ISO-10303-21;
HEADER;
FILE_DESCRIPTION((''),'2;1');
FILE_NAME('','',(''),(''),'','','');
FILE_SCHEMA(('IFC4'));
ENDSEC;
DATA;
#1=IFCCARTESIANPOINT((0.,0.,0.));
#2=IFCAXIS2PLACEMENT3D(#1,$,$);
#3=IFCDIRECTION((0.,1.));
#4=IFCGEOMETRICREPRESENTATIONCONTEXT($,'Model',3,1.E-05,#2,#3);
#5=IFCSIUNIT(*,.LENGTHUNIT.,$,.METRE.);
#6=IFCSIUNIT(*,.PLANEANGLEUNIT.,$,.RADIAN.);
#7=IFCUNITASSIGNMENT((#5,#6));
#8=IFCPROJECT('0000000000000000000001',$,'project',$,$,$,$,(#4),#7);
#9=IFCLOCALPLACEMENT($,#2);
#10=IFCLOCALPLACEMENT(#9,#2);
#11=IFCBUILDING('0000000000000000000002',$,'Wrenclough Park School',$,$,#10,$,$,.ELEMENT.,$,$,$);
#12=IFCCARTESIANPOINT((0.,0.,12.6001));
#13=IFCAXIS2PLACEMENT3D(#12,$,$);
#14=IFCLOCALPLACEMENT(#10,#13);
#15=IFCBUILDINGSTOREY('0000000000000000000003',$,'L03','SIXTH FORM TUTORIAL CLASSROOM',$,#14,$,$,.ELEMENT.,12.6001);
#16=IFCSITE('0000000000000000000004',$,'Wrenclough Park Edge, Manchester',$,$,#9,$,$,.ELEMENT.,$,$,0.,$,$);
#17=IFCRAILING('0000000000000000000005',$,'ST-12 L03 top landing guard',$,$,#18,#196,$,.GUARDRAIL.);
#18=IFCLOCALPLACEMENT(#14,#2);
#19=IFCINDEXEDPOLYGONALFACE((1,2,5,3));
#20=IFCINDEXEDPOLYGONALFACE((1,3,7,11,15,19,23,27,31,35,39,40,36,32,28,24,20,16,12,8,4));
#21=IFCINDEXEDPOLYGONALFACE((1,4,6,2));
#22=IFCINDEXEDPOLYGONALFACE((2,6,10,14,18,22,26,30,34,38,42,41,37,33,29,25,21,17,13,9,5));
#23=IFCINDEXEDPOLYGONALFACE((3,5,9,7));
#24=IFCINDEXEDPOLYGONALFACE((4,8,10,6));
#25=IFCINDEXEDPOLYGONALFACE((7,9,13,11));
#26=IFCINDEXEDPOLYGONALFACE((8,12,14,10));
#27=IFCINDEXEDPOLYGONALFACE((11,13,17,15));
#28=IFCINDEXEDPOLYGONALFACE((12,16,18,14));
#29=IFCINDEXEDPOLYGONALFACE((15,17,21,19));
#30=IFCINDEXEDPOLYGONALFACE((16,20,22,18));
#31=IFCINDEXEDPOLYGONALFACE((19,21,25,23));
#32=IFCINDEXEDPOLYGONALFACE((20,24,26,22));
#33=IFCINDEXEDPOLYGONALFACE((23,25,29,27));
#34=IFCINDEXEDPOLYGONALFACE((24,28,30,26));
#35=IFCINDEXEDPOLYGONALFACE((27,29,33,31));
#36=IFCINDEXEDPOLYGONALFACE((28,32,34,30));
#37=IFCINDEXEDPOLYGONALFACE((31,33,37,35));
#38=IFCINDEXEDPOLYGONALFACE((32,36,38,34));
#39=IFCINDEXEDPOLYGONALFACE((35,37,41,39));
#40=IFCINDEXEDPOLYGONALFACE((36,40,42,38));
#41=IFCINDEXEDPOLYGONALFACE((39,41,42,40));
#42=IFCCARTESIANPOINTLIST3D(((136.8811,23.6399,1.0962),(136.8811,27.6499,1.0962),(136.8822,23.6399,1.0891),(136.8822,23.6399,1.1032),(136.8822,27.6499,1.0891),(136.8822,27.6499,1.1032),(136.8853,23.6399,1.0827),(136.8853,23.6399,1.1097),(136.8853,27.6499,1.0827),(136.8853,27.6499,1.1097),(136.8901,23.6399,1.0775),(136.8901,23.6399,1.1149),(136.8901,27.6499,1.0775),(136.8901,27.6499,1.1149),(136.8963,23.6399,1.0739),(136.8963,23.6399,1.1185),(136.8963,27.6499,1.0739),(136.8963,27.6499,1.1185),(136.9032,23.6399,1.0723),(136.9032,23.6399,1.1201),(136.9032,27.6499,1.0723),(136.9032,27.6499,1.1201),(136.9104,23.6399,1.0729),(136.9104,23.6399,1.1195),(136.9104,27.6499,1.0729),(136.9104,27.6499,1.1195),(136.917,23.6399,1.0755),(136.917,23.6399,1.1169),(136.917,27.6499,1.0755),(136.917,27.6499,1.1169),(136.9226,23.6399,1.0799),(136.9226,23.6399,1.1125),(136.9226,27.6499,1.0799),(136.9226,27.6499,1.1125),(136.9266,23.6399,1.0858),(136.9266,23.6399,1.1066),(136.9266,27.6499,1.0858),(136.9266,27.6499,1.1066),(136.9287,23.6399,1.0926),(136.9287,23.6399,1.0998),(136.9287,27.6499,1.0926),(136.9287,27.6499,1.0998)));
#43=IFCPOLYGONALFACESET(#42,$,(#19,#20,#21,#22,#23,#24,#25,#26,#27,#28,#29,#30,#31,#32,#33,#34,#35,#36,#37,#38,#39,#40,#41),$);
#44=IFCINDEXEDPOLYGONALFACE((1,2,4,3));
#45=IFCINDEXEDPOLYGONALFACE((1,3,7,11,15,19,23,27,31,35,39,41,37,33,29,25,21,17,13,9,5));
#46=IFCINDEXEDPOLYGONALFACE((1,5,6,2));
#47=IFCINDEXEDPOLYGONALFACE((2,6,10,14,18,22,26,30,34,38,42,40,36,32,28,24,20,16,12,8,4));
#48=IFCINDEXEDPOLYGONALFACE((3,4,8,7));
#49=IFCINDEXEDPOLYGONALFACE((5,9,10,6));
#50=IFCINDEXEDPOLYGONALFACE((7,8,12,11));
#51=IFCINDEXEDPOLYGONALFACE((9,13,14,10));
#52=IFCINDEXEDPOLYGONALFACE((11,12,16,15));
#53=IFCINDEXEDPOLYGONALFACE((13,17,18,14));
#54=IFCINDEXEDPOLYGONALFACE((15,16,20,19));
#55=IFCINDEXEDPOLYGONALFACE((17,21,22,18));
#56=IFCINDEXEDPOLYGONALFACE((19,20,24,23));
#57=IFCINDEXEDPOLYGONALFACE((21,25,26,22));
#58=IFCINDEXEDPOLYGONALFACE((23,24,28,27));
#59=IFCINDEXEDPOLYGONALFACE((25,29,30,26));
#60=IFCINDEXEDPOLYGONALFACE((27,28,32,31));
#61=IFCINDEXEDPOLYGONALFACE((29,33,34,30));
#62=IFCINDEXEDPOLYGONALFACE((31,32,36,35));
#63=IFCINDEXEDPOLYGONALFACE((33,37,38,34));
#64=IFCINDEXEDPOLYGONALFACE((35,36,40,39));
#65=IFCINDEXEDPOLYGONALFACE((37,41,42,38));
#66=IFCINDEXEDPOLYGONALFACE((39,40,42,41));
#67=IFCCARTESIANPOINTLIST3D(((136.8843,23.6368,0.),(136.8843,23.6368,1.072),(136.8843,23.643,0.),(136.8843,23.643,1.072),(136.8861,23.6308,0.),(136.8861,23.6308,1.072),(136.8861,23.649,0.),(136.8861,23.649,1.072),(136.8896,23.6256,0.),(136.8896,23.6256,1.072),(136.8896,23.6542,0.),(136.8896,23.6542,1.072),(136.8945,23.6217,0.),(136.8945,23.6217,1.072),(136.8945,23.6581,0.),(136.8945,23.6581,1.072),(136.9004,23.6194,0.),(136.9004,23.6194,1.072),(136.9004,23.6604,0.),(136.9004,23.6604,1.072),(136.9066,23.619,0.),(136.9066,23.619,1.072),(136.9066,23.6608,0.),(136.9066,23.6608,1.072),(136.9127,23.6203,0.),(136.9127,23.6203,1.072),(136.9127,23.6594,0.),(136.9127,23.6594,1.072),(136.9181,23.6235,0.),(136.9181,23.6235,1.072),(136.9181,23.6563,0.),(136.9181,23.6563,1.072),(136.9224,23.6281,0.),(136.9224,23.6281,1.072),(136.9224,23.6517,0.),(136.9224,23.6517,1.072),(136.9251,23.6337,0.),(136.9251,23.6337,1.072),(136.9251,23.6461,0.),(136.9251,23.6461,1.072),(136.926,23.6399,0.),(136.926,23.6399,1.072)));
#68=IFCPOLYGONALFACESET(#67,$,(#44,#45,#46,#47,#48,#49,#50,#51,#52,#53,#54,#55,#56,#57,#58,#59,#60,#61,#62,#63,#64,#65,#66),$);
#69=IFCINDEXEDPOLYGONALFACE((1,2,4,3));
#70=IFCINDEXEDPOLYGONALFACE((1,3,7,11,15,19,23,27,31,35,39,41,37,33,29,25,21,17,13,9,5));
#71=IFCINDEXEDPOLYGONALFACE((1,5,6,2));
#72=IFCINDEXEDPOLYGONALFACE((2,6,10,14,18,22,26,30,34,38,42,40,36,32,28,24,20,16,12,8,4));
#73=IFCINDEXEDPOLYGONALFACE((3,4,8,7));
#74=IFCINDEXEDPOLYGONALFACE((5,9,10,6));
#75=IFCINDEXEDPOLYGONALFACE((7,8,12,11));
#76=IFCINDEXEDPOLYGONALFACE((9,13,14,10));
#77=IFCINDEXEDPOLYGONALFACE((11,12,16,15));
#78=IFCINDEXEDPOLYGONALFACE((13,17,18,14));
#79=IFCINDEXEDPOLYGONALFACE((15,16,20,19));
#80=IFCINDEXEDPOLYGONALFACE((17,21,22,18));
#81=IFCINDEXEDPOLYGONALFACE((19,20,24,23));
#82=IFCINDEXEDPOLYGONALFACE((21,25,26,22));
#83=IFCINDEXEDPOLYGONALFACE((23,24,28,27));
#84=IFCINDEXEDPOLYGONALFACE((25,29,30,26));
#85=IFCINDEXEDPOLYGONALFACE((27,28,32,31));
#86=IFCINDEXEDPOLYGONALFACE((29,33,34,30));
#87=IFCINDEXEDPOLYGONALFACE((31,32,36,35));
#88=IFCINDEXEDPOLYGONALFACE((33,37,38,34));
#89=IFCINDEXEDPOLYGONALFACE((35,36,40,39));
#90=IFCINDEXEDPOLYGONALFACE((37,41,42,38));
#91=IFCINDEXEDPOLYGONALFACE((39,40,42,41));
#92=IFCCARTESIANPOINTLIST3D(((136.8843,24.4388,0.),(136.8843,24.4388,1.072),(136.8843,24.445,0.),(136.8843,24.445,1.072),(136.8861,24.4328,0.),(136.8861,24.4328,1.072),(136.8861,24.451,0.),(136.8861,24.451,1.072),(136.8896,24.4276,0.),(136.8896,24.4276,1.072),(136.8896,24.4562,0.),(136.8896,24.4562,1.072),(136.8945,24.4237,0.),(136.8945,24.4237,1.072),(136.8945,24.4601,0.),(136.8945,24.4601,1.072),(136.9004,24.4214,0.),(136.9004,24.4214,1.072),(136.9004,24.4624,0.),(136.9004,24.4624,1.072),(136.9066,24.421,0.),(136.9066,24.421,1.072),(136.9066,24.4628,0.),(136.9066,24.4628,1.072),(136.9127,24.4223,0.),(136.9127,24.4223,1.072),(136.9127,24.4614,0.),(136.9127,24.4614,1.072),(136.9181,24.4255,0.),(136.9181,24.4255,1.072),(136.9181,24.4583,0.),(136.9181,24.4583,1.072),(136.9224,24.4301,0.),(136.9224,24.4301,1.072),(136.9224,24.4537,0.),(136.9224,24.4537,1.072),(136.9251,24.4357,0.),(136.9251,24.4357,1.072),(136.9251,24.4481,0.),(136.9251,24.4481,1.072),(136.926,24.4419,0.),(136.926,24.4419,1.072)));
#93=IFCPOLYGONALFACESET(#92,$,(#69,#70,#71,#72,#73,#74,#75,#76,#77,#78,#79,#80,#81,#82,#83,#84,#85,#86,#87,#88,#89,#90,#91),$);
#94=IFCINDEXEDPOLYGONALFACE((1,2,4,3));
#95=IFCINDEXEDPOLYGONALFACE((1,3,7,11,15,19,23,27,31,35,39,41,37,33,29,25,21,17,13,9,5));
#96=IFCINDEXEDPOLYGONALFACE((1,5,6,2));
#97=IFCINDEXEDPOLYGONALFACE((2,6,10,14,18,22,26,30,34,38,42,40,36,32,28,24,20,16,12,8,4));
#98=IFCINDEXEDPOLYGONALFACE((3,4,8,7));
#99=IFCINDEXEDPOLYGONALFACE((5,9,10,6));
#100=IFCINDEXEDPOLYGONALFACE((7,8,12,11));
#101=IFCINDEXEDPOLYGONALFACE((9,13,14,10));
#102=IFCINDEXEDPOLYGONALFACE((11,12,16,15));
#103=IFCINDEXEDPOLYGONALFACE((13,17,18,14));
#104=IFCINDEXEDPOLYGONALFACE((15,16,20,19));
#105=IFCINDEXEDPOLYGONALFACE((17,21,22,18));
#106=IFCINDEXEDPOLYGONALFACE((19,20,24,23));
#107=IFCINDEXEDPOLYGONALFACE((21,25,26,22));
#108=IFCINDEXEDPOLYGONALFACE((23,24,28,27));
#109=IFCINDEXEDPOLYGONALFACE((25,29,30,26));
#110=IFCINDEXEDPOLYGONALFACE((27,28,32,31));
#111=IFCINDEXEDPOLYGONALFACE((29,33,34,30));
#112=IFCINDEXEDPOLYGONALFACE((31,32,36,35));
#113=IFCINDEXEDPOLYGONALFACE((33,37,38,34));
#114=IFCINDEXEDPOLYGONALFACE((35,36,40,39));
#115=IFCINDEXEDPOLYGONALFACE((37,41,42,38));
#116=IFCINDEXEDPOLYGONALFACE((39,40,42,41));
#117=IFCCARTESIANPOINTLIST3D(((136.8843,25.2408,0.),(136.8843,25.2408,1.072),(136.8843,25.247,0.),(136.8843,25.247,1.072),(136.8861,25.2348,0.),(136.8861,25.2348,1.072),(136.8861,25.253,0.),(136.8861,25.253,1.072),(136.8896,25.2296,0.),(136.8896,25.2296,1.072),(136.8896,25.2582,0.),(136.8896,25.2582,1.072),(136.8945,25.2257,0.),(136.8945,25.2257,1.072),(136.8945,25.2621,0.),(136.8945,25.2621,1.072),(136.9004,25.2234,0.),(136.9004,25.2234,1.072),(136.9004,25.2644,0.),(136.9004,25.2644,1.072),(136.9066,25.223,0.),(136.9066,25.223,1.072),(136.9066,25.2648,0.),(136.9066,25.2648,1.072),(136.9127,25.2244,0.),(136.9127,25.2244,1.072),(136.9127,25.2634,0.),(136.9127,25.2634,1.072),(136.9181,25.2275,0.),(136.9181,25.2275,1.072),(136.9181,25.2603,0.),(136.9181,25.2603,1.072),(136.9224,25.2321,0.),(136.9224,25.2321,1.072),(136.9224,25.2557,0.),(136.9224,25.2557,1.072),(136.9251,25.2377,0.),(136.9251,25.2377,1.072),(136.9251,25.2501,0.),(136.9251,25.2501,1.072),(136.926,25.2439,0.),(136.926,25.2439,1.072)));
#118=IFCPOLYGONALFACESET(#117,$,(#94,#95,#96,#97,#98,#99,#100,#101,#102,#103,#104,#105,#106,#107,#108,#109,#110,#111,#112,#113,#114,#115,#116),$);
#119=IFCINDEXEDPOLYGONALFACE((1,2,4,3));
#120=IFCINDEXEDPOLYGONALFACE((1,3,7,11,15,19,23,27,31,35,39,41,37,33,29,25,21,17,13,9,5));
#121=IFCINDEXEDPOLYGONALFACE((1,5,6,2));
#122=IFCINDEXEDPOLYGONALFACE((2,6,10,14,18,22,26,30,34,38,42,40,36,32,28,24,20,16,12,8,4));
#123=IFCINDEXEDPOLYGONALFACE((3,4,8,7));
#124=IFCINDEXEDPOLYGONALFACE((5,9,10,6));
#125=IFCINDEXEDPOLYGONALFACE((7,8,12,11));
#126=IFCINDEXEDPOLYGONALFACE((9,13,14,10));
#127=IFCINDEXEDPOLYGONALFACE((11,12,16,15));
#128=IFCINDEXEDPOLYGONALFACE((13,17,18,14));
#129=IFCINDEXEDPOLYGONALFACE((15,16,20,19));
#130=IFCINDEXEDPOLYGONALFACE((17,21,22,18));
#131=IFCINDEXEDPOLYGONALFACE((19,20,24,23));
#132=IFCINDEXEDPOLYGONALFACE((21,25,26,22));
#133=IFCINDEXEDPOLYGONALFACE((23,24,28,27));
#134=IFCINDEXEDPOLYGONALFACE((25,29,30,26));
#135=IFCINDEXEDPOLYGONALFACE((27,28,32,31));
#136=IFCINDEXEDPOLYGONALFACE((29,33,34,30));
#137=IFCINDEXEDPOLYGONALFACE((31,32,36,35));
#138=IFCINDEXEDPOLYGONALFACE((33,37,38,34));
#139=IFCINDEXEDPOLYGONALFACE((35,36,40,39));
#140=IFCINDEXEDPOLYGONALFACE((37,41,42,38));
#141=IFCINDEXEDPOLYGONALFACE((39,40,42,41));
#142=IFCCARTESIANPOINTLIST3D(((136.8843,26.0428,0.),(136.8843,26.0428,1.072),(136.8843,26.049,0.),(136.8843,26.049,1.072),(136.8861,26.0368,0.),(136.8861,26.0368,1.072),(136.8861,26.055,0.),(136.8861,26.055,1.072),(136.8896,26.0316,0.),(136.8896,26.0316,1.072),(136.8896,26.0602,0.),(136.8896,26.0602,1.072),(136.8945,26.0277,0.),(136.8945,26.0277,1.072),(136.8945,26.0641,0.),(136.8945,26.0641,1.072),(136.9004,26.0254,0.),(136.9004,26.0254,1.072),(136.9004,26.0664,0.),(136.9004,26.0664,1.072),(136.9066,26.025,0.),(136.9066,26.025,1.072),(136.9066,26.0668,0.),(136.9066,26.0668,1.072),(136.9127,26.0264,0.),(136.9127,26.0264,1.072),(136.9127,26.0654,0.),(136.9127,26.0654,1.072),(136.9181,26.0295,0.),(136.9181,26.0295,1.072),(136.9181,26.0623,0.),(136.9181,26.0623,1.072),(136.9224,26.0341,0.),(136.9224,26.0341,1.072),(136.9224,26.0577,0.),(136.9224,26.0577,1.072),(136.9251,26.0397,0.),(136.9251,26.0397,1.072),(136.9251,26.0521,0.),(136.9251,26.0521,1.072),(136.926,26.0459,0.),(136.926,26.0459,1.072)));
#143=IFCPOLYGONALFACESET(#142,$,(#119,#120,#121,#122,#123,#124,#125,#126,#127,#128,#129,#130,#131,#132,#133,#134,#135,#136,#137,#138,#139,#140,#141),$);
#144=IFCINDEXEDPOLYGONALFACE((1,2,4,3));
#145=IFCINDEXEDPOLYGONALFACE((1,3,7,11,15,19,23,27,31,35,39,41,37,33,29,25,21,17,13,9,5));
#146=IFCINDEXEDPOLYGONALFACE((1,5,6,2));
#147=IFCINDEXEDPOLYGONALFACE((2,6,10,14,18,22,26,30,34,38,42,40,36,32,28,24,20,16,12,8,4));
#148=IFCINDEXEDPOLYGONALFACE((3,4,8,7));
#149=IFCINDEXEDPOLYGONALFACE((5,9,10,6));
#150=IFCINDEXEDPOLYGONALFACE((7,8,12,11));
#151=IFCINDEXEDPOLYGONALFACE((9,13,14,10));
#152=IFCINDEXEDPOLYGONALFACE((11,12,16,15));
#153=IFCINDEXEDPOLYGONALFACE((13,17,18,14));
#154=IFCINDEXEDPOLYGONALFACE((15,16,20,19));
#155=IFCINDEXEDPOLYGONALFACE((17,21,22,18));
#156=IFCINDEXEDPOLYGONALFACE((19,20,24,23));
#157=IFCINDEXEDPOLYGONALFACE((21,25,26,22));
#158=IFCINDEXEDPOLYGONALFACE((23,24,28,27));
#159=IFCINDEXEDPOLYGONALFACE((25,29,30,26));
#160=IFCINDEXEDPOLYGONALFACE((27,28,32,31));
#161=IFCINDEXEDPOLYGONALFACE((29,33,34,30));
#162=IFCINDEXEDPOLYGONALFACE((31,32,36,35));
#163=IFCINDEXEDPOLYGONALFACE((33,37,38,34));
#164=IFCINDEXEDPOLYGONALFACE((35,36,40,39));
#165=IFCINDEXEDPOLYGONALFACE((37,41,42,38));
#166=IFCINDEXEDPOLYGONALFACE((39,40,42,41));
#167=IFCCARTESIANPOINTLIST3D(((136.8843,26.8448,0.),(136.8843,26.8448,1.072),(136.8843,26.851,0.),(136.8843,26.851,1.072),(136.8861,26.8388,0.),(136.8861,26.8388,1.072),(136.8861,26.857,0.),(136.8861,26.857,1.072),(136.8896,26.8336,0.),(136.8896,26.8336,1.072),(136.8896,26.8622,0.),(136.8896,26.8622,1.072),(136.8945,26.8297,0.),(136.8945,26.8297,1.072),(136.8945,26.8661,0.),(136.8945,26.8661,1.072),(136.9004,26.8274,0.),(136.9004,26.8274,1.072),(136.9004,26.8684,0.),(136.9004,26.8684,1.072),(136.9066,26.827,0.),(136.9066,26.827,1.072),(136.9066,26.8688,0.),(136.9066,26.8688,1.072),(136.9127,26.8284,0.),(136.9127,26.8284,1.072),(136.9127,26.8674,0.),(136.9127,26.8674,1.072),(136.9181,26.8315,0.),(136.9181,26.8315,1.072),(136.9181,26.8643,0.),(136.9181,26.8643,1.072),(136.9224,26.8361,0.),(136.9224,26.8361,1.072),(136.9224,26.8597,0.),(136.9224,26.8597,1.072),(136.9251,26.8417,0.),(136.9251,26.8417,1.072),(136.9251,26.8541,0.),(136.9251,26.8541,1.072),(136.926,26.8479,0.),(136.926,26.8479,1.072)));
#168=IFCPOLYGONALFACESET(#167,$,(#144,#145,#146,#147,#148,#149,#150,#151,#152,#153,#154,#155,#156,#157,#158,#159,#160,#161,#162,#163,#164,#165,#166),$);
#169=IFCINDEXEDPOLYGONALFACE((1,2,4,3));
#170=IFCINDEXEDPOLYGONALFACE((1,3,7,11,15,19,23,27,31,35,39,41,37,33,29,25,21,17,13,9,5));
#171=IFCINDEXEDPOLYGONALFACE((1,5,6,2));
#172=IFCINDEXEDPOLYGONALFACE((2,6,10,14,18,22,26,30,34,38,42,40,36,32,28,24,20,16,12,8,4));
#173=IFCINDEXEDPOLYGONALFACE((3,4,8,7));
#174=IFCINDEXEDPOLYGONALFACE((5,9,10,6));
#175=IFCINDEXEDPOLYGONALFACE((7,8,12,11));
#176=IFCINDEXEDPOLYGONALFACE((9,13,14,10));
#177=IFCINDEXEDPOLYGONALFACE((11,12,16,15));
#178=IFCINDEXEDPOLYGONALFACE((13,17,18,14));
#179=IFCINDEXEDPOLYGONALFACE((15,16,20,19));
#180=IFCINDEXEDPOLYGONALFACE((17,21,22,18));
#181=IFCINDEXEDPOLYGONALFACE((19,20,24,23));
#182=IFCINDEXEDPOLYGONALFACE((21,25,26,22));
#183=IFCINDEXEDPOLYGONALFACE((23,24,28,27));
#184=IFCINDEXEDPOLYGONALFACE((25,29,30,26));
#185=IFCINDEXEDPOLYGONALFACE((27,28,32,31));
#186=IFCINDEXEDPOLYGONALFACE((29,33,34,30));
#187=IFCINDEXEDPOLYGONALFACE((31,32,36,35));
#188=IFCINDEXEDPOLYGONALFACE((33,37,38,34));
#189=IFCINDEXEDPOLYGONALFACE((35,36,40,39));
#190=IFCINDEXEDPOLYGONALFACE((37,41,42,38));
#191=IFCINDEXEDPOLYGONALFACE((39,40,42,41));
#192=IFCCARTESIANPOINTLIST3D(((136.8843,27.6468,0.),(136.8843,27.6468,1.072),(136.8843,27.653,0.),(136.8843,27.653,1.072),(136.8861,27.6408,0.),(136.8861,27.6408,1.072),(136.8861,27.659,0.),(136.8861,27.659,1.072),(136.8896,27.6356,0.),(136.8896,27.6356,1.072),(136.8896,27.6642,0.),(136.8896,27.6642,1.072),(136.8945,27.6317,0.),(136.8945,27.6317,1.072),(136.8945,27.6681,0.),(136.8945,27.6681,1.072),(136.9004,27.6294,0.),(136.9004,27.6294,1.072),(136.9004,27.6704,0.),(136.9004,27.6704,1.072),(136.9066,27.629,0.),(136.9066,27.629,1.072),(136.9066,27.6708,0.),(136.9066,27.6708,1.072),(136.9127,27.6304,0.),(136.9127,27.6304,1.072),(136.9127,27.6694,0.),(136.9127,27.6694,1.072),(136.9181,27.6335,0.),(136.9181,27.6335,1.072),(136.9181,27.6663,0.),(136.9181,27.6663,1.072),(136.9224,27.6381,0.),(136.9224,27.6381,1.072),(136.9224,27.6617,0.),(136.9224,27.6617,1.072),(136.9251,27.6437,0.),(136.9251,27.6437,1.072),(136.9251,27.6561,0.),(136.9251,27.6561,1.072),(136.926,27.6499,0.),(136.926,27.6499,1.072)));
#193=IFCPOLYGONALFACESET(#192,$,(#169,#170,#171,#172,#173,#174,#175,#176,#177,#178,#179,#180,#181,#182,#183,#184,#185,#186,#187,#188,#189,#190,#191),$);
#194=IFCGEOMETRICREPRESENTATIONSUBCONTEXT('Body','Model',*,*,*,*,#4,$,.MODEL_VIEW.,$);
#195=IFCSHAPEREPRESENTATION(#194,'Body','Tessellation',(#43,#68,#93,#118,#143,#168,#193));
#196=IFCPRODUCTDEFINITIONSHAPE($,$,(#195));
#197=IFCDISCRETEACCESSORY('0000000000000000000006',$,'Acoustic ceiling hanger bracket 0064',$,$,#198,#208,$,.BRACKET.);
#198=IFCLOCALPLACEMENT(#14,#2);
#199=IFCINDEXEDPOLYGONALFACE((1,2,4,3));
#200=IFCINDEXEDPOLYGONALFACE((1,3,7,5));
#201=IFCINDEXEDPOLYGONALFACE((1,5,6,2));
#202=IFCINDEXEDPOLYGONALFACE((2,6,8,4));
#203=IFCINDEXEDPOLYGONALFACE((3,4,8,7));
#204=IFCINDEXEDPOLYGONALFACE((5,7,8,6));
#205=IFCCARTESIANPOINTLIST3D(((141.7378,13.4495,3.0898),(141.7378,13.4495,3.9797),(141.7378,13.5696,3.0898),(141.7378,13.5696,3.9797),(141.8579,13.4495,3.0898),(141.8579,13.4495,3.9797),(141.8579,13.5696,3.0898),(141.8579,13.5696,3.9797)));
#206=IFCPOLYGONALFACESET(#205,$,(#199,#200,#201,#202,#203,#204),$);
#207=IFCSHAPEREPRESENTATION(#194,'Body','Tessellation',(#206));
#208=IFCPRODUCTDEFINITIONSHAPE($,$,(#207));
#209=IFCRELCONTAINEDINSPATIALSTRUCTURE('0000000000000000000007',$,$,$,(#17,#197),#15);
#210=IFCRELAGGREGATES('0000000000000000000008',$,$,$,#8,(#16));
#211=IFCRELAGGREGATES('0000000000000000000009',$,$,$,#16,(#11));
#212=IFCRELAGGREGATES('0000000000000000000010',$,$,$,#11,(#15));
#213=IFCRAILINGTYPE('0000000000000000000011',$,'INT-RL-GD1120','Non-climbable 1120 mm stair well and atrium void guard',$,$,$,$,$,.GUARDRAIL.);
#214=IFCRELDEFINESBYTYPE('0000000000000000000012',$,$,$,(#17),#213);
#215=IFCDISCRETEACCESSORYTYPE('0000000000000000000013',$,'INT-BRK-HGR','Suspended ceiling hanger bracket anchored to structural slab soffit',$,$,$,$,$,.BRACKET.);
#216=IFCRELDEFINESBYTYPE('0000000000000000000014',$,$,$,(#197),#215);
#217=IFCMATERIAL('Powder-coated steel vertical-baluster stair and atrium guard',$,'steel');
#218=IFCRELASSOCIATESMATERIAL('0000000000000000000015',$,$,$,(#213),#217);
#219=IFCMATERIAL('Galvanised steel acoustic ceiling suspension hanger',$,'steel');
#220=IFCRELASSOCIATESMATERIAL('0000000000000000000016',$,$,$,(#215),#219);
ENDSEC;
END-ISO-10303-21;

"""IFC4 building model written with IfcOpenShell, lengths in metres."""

from ifc_helpers import new_model, si_unit, direction, frame, origin, origin_2d, place, context, subcontext, project, spatial, rectangle, circle, extrude, material, type_object, element, save


model = new_model("IFC4")

# Units and contexts
model_context = context("Model", 3, precision=1e-05, world=origin(), true_north=direction((0.0, 1.0)))
body_context = subcontext(model_context, "Body", "Model", "MODEL_VIEW")
ifc_project = project(units=[si_unit("LENGTHUNIT", "METRE"), si_unit("PLANEANGLEUNIT", "RADIAN")], contexts=[model_context])

# Site, building, storey
site_placement = place(None, origin())
site = spatial("IfcSite", under=ifc_project, at=site_placement, Name="Wrenclough Park Edge, Manchester", CompositionType="ELEMENT", RefElevation=0.0)
building_placement = place(site_placement, origin())
building = spatial("IfcBuilding", under=site, at=building_placement, Name="Wrenclough Park School", CompositionType="ELEMENT")
storey_placement = place(building_placement, frame((0.0, 0.0, 12.6001)))
storey = spatial("IfcBuildingStorey", under=building, at=storey_placement, Name="L03", Description="SIXTH FORM TUTORIAL CLASSROOM", CompositionType="ELEMENT", Elevation=12.6001)

# Railing
ifc_material_1 = material(Name="Powder-coated steel vertical-baluster stair and atrium guard", Category="steel")
railing_type = type_object("IfcRailingType", Name="INT-RL-GD1120", Description="Non-climbable 1120 mm stair well and atrium void guard", PredefinedType="GUARDRAIL", material=ifc_material_1)
railing_1_placement = place(storey_placement, frame((136.905, 23.6399, 0.0)))
element("IfcRailing", 1, at=railing_1_placement, inside=storey, type_object=railing_type, Name="ST-12 L03 top landing guard", PredefinedType="GUARDRAIL", context=body_context, shape_type="SweptSolid", body=[
    extrude(circle(Radius=0.0239, at=origin_2d()), frame((0.0, 0.0, 1.0962), z_axis=(0.0, 1.0, 0.0), x_axis=(-1.0, 0.0, 0.0)), (0.0, 0.0, 1.0), 4.01),
    extrude(circle(Radius=0.021, at=origin_2d()), origin(), (0.0, 0.0, 1.0), 1.072),
    extrude(circle(Radius=0.021, at=origin_2d()), frame((0.0, 0.802, 0.0)), (0.0, 0.0, 1.0), 1.072),
    extrude(circle(Radius=0.021, at=origin_2d()), frame((0.0, 1.604, 0.0)), (0.0, 0.0, 1.0), 1.072),
    extrude(circle(Radius=0.021, at=origin_2d()), frame((0.0, 2.406, 0.0)), (0.0, 0.0, 1.0), 1.072),
    extrude(circle(Radius=0.021, at=origin_2d()), frame((0.0, 3.208, 0.0)), (0.0, 0.0, 1.0), 1.072),
    extrude(circle(Radius=0.021, at=origin_2d()), frame((0.0, 4.01, 0.0)), (0.0, 0.0, 1.0), 1.072),
])

# Discrete accessory
ifc_material_2 = material(Name="Galvanised steel acoustic ceiling suspension hanger", Category="steel")
discrete_accessory_type = type_object("IfcDiscreteAccessoryType", Name="INT-BRK-HGR", Description="Suspended ceiling hanger bracket anchored to structural slab soffit", PredefinedType="BRACKET", material=ifc_material_2)
discrete_accessory_placement = place(storey_placement, frame((141.7979, 13.5095, 3.0898), z_axis=(0.0, 0.0, 1.0), x_axis=(1.0, 0.0, 0.0)))
element("IfcDiscreteAccessory", 2, at=discrete_accessory_placement, inside=storey, type_object=discrete_accessory_type, Name="Acoustic ceiling hanger bracket 0064", PredefinedType="BRACKET", context=body_context, shape_type="SweptSolid", body=[
    extrude(rectangle(XDim=0.1201, YDim=0.1201, at=origin_2d()), origin(), (0.0, 0.0, 1.0), 0.8899),
])

save(model, "model.ifc")
